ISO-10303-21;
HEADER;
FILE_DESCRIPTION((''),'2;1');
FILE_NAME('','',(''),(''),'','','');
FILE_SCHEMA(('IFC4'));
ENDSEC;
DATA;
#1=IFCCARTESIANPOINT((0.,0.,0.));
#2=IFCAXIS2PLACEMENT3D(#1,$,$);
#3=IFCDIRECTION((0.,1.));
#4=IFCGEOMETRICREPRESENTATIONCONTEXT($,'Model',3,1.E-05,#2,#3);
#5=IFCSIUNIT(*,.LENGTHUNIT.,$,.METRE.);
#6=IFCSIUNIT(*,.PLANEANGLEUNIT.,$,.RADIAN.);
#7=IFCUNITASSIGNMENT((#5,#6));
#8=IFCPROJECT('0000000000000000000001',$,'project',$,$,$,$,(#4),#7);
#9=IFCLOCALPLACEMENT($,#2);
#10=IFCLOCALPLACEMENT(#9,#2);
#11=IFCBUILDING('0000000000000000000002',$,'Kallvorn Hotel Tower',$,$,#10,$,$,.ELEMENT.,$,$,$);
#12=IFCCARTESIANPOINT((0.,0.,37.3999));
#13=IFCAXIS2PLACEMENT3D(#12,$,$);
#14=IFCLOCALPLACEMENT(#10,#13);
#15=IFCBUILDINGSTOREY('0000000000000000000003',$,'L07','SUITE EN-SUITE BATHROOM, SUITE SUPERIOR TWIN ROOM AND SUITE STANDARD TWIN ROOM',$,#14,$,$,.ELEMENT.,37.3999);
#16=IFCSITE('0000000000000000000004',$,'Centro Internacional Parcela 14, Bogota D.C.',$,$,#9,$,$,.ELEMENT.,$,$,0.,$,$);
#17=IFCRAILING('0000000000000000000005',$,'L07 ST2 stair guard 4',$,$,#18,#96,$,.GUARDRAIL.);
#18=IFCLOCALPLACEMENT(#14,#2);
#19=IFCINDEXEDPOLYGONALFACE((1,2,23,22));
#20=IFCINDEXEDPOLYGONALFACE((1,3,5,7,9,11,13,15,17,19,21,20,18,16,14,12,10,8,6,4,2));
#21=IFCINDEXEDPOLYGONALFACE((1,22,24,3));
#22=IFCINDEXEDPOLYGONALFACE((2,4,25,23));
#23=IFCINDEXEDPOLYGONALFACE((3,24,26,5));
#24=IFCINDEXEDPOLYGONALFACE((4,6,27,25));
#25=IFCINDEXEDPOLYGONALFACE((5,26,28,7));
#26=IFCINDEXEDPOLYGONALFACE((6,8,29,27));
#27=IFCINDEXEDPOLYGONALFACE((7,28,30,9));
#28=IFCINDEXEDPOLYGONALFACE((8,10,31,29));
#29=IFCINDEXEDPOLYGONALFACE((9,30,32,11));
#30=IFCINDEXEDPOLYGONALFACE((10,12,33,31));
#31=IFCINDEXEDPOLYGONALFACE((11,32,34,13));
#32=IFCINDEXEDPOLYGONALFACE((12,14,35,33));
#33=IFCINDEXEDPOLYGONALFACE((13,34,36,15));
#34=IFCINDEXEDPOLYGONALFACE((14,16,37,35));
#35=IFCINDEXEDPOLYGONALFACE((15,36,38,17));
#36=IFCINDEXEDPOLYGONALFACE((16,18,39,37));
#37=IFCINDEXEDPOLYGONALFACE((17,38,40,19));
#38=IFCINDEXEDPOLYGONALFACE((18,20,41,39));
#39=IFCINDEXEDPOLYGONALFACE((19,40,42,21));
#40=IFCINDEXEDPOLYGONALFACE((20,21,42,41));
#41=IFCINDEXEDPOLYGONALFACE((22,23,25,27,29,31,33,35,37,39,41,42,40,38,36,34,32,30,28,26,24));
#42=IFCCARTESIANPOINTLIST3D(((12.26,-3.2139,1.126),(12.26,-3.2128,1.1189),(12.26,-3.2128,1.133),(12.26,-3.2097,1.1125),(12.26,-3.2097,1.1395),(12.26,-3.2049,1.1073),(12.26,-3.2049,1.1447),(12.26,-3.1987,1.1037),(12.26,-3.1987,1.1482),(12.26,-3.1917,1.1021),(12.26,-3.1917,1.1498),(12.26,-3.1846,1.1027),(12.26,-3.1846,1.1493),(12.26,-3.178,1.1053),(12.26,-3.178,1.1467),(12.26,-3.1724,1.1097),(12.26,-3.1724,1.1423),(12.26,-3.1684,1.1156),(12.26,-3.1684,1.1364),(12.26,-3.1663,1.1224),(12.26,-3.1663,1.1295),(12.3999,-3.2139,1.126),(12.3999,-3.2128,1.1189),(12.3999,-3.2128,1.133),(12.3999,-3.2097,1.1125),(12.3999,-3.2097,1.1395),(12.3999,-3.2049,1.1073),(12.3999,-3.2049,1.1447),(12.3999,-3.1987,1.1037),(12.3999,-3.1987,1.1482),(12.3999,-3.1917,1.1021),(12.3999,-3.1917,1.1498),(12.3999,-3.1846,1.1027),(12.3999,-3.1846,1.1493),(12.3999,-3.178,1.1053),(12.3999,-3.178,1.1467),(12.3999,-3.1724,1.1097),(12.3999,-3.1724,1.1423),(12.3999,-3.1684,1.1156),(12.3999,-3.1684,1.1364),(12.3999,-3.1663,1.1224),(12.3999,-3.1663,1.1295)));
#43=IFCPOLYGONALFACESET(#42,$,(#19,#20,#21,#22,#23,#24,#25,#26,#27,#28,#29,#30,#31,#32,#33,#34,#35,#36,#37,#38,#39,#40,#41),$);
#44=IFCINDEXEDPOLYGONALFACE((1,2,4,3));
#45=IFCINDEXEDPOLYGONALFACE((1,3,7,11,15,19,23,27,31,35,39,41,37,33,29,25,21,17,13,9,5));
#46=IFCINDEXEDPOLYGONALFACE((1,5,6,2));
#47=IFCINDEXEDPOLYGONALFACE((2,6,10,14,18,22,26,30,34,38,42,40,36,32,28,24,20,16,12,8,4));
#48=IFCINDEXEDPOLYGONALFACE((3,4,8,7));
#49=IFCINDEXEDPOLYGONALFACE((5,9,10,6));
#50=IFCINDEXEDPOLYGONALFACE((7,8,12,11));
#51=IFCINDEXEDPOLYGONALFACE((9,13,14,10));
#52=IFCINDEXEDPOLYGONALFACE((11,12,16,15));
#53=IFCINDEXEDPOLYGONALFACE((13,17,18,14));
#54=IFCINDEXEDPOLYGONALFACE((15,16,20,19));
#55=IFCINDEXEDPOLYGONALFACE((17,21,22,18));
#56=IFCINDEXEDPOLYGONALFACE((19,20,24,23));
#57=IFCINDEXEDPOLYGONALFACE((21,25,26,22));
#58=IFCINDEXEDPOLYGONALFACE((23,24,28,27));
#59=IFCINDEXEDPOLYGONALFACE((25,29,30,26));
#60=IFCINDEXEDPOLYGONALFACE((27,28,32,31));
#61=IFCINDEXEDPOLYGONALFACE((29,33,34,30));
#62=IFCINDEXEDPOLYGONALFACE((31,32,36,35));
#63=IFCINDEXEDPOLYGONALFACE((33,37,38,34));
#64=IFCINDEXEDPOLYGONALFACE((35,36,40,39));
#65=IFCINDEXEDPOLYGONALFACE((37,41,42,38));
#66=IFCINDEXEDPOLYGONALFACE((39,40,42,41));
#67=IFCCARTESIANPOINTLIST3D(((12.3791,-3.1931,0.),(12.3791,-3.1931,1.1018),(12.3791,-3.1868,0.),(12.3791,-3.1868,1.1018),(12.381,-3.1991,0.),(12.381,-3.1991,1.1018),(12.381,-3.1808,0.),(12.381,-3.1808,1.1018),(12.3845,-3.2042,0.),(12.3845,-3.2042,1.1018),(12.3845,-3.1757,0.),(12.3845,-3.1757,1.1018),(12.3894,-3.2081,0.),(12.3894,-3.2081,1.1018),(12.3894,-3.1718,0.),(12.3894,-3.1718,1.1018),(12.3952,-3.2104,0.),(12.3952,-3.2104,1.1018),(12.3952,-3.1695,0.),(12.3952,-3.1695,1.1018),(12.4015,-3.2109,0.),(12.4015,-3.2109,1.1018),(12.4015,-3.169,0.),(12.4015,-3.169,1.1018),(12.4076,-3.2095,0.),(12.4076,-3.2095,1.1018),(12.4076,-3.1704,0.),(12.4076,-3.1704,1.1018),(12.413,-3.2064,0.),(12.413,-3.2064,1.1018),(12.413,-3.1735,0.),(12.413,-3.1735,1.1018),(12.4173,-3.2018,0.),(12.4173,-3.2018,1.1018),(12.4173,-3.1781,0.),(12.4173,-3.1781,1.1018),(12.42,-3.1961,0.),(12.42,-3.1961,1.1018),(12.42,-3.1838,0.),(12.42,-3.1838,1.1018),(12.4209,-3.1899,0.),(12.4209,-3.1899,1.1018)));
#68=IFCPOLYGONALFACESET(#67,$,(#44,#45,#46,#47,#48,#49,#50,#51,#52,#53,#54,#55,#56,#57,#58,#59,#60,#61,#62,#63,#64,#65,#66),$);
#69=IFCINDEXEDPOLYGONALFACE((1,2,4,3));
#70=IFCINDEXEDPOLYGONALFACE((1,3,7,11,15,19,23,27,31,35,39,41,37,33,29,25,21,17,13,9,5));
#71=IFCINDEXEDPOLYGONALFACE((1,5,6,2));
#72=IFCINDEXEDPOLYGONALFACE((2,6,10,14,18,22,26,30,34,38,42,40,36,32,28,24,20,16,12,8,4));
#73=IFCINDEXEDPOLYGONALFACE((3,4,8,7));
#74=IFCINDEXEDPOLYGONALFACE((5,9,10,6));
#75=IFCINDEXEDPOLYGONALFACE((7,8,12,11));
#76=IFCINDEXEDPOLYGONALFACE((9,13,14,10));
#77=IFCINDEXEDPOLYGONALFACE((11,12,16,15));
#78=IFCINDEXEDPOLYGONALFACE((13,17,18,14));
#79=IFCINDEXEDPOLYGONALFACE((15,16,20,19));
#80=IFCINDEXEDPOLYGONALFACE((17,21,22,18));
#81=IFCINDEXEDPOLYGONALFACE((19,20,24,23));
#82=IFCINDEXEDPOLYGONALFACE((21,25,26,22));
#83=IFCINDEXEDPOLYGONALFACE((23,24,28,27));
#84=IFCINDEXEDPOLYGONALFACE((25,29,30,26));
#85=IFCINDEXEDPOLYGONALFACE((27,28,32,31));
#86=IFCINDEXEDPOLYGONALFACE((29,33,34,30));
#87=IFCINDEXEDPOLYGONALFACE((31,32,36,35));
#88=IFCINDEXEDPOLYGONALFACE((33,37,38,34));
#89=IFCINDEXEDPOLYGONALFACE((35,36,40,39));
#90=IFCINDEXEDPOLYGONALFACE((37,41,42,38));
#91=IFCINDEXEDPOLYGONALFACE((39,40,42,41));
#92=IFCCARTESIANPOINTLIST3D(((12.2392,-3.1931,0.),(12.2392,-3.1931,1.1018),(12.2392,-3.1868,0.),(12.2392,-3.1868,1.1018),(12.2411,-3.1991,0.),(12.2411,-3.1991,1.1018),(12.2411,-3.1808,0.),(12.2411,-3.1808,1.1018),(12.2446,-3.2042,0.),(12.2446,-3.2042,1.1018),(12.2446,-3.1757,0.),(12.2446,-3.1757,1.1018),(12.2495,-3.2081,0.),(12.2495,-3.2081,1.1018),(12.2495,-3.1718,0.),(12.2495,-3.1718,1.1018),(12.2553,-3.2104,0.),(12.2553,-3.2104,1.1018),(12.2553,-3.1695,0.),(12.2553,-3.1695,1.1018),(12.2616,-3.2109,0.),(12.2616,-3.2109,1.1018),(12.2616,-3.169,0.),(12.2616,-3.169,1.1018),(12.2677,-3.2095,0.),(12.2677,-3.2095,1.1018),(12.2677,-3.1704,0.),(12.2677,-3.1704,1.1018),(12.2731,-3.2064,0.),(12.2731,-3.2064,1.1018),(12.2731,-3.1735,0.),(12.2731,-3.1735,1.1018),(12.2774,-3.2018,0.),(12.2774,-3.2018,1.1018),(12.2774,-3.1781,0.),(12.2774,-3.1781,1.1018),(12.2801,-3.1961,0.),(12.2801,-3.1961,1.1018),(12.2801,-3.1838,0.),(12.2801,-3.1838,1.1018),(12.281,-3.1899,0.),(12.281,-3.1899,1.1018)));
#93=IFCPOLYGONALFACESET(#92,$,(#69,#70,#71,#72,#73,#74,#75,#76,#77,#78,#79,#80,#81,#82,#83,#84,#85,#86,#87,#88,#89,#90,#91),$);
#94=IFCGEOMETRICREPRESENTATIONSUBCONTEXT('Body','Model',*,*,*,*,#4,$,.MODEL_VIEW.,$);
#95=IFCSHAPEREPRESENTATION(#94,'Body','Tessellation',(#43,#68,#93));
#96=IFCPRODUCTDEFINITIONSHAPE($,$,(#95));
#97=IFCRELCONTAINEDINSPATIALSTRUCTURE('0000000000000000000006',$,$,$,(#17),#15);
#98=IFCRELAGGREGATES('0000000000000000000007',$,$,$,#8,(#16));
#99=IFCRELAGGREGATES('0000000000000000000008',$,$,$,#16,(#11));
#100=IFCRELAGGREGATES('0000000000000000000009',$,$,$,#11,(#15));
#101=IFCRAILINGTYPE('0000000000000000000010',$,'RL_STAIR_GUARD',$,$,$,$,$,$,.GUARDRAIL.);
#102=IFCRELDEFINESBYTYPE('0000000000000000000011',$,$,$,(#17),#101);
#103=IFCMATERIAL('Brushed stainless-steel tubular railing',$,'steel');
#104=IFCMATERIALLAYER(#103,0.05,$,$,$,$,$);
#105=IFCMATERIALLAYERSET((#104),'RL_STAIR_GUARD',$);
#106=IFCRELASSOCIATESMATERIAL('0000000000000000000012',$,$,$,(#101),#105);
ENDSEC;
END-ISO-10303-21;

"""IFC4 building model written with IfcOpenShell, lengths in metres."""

from ifc_helpers import new_model, si_unit, direction, frame, origin, origin_2d, place, context, subcontext, project, spatial, circle, extrude, material, layer, layer_set, type_object, element, save


model = new_model("IFC4")

# Units and contexts
model_context = context("Model", 3, precision=1e-05, world=origin(), true_north=direction((0.0, 1.0)))
body_context = subcontext(model_context, "Body", "Model", "MODEL_VIEW")
ifc_project = project(units=[si_unit("LENGTHUNIT", "METRE"), si_unit("PLANEANGLEUNIT", "RADIAN")], contexts=[model_context])

# Site, building, storey
site_placement = place(None, origin())
site = spatial("IfcSite", under=ifc_project, at=site_placement, Name="Centro Internacional Parcela 14, Bogota D.C.", CompositionType="ELEMENT", RefElevation=0.0)
building_placement = place(site_placement, origin())
building = spatial("IfcBuilding", under=site, at=building_placement, Name="Kallvorn Hotel Tower", CompositionType="ELEMENT")
storey_placement = place(building_placement, frame((0.0, 0.0, 37.3999)))
storey = spatial("IfcBuildingStorey", under=building, at=storey_placement, Name="L07", Description="SUITE EN-SUITE BATHROOM, SUITE SUPERIOR TWIN ROOM AND SUITE STANDARD TWIN ROOM", CompositionType="ELEMENT", Elevation=37.3999)

# Railing
ifc_material_1 = material(Name="Brushed stainless-steel tubular railing", Category="steel")
ifc_layer_1 = layer(ifc_material_1, 0.05)
ifc_layer_set_1 = layer_set([ifc_layer_1], Name="RL_STAIR_GUARD")
railing_type_1 = type_object("IfcRailingType", Name="RL_STAIR_GUARD", PredefinedType="GUARDRAIL", material=ifc_layer_set_1)
railing_1_placement = place(storey_placement, frame((12.3999, -3.1899, 0.0)))
element("IfcRailing", 1, at=railing_1_placement, inside=storey, type_object=railing_type_1, Name="L07 ST2 stair guard 4", PredefinedType="GUARDRAIL", context=body_context, shape_type="SweptSolid", body=[
    extrude(circle(Radius=0.0239, at=origin_2d()), frame((0.0, 0.0, 1.126), z_axis=(-1.0, 0.0, 0.0), x_axis=(0.0, -1.0, 0.0)), (0.0, 0.0, 1.0), 0.1399),
    extrude(circle(Radius=0.021, at=origin_2d()), origin(), (0.0, 0.0, 1.0), 1.1018),
    extrude(circle(Radius=0.021, at=origin_2d()), frame((-0.1399, 0.0, 0.0)), (0.0, 0.0, 1.0), 1.1018),
])

save(model, "model.ifc")
